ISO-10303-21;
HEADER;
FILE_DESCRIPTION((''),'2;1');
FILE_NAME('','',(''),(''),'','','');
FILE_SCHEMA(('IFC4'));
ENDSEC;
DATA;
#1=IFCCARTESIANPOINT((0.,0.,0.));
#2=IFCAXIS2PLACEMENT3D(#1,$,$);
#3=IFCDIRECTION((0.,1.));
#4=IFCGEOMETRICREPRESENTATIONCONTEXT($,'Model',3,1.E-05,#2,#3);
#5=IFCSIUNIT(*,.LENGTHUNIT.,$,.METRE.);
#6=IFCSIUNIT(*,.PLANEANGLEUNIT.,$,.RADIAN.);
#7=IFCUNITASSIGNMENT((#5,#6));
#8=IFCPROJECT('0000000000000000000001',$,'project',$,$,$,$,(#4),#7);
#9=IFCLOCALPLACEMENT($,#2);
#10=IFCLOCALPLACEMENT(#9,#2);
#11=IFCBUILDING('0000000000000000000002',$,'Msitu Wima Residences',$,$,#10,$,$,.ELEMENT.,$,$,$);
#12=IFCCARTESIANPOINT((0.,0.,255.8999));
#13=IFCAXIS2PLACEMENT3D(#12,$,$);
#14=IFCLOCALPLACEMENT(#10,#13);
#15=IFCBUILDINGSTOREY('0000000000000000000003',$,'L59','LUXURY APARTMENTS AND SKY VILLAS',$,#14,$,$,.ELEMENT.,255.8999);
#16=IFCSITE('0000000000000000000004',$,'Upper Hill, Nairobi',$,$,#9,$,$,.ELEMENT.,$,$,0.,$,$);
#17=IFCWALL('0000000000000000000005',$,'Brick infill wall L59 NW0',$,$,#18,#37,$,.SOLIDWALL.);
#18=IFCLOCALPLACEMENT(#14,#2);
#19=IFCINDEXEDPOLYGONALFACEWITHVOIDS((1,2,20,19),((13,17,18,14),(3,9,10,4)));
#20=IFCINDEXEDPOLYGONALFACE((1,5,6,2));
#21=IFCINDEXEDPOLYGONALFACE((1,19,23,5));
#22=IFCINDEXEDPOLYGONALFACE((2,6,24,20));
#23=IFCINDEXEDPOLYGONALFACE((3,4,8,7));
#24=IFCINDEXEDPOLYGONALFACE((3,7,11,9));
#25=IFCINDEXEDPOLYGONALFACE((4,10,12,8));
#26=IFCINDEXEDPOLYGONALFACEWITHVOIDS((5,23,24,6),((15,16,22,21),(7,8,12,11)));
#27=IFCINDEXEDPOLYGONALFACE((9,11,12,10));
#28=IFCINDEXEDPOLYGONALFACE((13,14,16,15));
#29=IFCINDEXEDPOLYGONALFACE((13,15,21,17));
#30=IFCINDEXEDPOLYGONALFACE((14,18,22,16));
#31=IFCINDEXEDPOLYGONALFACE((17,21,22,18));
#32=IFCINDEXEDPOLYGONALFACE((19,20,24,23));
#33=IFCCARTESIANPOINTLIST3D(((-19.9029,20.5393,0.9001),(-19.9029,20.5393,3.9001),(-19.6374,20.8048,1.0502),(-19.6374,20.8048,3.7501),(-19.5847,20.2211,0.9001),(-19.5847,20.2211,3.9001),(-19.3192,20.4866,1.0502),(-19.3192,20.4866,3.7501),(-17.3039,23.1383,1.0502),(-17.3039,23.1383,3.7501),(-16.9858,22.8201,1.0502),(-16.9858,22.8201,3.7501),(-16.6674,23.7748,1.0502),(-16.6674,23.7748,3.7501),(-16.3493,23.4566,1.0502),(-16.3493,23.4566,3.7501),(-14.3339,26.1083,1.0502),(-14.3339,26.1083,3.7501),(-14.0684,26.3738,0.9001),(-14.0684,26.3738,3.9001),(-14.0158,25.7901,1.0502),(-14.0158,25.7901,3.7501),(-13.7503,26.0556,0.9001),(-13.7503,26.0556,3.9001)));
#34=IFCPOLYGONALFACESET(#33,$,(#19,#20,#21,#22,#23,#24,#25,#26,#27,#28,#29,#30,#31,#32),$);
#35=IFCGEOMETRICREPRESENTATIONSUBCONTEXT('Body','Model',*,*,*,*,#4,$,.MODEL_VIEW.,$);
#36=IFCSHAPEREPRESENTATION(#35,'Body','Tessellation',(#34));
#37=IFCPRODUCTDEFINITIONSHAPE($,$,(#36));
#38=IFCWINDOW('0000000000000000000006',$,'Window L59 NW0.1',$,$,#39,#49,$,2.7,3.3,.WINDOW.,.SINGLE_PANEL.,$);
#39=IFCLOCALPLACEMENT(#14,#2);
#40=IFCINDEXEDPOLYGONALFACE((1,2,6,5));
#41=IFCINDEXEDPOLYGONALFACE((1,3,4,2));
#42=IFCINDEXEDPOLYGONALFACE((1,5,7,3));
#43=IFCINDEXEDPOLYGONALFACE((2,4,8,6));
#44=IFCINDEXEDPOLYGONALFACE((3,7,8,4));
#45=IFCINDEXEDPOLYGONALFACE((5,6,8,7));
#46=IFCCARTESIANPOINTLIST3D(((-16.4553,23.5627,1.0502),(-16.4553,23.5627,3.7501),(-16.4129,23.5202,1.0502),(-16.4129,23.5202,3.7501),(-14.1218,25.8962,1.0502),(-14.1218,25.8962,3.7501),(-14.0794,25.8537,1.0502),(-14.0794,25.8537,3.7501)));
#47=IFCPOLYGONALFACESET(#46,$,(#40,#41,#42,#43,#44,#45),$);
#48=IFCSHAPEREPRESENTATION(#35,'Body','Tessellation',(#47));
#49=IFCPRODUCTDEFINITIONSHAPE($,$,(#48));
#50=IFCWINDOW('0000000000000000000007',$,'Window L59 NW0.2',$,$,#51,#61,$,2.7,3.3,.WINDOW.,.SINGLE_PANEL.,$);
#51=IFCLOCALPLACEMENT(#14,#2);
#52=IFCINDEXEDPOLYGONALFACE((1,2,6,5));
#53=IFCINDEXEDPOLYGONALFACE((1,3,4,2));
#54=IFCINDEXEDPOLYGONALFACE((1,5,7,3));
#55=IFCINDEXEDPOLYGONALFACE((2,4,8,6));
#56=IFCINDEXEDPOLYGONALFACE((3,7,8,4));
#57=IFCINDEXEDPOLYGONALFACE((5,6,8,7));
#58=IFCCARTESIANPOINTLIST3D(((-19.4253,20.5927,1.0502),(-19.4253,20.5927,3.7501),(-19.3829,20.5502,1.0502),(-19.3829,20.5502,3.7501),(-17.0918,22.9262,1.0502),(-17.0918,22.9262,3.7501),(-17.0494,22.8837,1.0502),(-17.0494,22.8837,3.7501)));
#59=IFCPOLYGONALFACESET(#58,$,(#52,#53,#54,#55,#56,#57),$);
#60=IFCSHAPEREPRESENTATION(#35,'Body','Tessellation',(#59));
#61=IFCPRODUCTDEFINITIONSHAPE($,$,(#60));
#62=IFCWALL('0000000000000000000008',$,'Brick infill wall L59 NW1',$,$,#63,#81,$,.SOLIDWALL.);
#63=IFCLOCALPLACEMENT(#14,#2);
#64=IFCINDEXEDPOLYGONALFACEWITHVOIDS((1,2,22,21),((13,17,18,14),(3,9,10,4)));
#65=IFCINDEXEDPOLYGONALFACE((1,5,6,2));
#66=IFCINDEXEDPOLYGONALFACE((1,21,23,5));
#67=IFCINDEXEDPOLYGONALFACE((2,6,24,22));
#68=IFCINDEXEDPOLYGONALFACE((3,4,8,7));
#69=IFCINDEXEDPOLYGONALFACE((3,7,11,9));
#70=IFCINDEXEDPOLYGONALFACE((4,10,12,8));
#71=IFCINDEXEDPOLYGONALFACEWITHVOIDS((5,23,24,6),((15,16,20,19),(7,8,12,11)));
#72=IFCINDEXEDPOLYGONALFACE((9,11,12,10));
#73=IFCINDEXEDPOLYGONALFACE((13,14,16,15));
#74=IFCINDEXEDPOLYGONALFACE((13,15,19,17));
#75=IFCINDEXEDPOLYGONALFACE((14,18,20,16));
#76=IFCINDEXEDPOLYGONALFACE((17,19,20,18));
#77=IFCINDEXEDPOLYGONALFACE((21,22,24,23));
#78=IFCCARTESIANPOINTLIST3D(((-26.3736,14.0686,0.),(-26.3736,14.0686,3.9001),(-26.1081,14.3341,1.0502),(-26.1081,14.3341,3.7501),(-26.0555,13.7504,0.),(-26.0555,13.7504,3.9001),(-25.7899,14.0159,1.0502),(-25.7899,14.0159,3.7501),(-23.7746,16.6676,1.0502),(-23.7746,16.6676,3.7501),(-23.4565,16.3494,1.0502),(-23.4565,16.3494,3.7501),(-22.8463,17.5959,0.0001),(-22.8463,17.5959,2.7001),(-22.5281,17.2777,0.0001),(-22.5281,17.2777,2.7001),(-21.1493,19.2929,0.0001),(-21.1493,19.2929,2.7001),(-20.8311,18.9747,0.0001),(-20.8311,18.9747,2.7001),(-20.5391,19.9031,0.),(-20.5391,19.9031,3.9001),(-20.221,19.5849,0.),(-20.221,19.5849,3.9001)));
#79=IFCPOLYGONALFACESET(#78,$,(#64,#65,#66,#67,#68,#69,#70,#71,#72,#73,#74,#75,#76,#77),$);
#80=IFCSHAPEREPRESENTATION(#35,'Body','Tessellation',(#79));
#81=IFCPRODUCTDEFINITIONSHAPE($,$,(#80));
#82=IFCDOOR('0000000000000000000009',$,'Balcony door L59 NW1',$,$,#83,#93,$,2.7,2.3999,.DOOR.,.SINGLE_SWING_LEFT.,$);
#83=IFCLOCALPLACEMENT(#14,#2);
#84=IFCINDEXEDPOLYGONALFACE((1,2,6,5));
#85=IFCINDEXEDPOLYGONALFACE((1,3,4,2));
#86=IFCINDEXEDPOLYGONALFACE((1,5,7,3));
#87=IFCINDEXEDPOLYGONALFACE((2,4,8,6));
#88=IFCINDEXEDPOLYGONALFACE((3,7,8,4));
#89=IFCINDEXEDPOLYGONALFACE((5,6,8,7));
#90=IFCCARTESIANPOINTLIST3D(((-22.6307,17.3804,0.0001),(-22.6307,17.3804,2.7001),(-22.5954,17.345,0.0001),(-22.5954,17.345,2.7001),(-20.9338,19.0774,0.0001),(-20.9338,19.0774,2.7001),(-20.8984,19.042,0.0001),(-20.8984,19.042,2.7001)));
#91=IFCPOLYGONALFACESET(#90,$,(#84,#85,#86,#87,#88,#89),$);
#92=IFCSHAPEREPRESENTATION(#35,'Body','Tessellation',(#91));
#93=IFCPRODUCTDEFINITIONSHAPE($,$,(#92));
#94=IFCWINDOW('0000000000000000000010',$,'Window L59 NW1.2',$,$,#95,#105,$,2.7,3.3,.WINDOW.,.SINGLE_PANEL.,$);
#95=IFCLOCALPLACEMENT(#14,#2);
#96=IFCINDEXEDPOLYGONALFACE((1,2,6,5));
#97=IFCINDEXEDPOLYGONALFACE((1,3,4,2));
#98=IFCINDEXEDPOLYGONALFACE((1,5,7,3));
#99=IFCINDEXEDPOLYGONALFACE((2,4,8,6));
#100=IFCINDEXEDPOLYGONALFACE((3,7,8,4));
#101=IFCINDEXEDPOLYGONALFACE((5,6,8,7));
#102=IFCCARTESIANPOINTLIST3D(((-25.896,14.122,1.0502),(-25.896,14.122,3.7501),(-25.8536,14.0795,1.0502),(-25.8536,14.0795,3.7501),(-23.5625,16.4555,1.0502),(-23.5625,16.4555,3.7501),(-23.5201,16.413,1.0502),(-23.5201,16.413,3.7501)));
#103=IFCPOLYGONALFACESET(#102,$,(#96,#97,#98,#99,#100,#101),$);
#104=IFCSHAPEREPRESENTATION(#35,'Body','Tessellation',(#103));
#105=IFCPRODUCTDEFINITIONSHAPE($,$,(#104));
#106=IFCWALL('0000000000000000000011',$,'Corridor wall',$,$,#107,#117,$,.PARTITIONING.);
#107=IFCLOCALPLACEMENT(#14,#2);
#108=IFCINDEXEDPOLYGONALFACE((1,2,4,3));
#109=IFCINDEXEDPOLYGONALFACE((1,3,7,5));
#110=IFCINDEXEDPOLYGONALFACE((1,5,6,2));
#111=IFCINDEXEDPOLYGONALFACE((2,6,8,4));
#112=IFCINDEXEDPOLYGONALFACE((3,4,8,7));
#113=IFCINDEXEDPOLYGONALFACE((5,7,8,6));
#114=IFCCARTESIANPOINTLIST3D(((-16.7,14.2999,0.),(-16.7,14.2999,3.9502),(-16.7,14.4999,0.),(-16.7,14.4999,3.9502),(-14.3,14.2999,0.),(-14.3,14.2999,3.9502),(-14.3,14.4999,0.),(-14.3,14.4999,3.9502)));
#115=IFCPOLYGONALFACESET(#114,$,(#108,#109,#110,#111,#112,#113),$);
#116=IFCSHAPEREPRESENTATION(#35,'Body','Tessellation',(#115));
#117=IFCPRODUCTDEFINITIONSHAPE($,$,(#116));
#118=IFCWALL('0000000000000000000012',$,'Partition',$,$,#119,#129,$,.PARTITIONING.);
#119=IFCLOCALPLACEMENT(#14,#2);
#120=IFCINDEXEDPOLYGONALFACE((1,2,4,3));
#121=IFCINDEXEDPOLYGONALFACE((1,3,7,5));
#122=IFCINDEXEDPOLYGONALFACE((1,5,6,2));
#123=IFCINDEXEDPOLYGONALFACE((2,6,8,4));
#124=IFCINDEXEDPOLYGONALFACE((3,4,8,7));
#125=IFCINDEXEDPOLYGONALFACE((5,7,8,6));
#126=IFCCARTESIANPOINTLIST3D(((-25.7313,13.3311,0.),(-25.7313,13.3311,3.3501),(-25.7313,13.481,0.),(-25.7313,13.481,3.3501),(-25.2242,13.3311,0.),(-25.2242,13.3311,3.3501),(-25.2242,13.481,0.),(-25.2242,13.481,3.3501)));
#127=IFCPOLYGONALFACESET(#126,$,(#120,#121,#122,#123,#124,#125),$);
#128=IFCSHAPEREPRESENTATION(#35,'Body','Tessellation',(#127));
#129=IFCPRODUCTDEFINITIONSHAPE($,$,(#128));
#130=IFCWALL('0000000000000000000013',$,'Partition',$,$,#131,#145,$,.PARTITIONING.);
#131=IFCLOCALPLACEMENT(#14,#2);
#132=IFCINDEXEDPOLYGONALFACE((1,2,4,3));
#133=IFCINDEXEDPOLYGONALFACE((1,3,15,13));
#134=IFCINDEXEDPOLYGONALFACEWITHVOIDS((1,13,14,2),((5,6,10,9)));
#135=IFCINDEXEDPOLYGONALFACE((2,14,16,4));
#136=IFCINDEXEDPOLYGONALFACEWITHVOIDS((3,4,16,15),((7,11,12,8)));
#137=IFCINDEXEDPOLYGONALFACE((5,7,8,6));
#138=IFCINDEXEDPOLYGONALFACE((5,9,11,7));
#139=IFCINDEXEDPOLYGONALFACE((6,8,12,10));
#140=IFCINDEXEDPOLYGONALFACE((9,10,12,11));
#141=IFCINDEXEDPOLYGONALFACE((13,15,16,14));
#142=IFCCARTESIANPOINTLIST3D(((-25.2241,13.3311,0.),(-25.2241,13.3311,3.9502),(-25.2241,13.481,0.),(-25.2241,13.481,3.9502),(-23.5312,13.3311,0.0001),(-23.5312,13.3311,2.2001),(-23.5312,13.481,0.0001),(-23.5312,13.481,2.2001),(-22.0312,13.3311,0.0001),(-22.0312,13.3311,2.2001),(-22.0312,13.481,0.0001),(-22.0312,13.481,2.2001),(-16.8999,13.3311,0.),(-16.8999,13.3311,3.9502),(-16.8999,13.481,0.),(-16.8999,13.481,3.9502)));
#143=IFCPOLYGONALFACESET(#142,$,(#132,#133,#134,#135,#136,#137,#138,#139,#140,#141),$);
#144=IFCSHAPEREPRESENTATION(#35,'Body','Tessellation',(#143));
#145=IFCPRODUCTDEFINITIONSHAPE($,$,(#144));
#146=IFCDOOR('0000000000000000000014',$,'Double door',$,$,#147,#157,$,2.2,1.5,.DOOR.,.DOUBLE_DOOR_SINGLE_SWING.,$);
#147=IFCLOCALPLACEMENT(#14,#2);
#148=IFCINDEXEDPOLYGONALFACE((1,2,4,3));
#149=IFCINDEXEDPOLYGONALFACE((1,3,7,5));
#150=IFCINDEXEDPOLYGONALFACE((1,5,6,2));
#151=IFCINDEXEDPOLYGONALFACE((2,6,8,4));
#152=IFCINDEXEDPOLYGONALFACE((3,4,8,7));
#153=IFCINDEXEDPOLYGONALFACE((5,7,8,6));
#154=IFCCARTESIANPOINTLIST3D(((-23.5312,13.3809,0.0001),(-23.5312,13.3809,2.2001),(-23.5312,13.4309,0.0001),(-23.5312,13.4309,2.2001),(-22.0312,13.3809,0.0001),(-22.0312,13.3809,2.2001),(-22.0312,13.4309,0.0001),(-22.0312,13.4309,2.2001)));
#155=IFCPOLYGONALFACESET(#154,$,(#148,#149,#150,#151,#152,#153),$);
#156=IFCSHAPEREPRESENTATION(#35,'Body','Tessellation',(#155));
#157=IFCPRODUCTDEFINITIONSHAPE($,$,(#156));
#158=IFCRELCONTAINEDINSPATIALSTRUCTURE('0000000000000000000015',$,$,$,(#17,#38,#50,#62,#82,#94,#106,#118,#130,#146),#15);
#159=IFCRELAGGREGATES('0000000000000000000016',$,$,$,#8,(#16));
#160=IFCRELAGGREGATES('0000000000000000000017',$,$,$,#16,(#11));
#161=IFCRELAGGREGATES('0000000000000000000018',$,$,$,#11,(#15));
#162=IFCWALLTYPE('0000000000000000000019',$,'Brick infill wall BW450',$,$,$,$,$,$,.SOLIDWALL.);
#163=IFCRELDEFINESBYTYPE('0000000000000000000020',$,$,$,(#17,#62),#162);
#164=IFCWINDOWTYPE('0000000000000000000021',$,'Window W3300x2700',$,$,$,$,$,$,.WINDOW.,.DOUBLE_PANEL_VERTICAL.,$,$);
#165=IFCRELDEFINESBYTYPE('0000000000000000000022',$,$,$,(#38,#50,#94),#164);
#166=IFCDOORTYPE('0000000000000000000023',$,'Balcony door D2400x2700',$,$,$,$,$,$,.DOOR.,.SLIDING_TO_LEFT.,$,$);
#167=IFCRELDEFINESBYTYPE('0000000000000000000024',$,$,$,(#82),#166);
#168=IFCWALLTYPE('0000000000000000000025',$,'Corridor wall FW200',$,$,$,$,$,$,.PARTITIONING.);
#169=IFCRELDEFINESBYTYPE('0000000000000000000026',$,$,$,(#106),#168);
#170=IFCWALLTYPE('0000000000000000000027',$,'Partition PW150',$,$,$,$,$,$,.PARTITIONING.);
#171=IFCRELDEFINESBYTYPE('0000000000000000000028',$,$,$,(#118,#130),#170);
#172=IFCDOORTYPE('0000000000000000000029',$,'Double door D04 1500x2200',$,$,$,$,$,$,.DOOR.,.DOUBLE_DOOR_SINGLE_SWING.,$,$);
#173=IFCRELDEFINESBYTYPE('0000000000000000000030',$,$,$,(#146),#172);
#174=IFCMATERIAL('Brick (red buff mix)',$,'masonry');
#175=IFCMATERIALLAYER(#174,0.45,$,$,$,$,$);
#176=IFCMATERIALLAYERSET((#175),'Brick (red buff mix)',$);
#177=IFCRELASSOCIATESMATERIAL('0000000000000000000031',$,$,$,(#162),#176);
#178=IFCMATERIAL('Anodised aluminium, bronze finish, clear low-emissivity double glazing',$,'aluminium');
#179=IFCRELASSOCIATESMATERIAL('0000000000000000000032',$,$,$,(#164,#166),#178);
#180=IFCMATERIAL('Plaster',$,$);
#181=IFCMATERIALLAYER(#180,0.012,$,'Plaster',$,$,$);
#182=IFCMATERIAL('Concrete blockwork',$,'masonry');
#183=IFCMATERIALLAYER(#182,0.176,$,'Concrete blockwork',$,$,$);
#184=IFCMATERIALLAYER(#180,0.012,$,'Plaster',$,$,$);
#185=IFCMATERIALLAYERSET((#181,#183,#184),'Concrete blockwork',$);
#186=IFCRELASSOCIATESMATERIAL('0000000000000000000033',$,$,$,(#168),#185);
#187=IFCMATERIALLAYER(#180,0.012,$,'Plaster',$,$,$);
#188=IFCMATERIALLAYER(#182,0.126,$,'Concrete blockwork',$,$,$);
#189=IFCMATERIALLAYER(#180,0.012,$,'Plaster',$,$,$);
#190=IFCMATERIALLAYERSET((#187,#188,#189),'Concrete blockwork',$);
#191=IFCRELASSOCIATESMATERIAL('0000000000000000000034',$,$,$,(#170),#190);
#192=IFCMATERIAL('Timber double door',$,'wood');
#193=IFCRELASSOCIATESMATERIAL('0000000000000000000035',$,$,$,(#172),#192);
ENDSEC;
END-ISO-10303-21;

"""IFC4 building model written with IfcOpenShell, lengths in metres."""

from ifc_helpers import new_model, si_unit, direction, frame, frame_2d, origin, place, context, subcontext, project, spatial, rectangle, extrude, material, layer, layer_set, type_object, element, fill, save


model = new_model("IFC4")

# Units and contexts
model_context = context("Model", 3, precision=1e-05, world=origin(), true_north=direction((0.0, 1.0)))
body_context = subcontext(model_context, "Body", "Model", "MODEL_VIEW")
ifc_project = project(units=[si_unit("LENGTHUNIT", "METRE"), si_unit("PLANEANGLEUNIT", "RADIAN")], contexts=[model_context])

# Site, building, storey
site_placement = place(None, origin())
site = spatial("IfcSite", under=ifc_project, at=site_placement, Name="Upper Hill, Nairobi", CompositionType="ELEMENT", RefElevation=0.0)
building_placement = place(site_placement, origin())
building = spatial("IfcBuilding", under=site, at=building_placement, Name="Msitu Wima Residences", CompositionType="ELEMENT")
storey_placement = place(building_placement, frame((0.0, 0.0, 255.8999)))
storey = spatial("IfcBuildingStorey", under=building, at=storey_placement, Name="L59", Description="LUXURY APARTMENTS AND SKY VILLAS", CompositionType="ELEMENT", Elevation=255.8999)

# Wall, openings, windows
ifc_material_1 = material(Name="Brick (red buff mix)", Category="masonry")
ifc_layer_1 = layer(ifc_material_1, 0.45)
ifc_layer_set_1 = layer_set([ifc_layer_1], Name="Brick (red buff mix)")
wall_type_1 = type_object("IfcWallType", Name="Brick infill wall BW450", PredefinedType="SOLIDWALL", material=ifc_layer_set_1)
wall_1_placement = place(storey_placement, frame((-13.9094, 26.2146, 0.9001), z_axis=(0.0, 0.0, 1.0), x_axis=(-0.707107, -0.707107, 0.0)))
wall_1 = element("IfcWall", 1, at=wall_1_placement, inside=storey, type_object=wall_type_1, Name="Brick infill wall L59 NW0", PredefinedType="SOLIDWALL", context=body_context, shape_type="SweptSolid", body=[
    extrude(rectangle(XDim=8.2512, YDim=0.45, at=frame_2d((4.1255, 0.0))), origin(), (0.0, 0.0, 1.0), 3.0),
])
opening_1_placement = place(wall_1_placement, frame((0.3755, 0.0, 0.1499)))
opening_1 = element("IfcOpeningElement", 2, at=opening_1_placement, cuts=wall_1, PredefinedType="OPENING", context=body_context, shape_type="SweptSolid", body=[
    extrude(rectangle(XDim=3.3, YDim=2.7, at=frame_2d((1.6499, 1.3501))), frame((0.0, 0.2349, 0.0), z_axis=(0.0, -1.0, 0.0), x_axis=(1.0, 0.0, 0.0)), (0.0, 0.0, 1.0), 0.47),
])
opening_2_placement = place(wall_1_placement, frame((4.5757, 0.0, 0.1499)))
opening_2 = element("IfcOpeningElement", 3, at=opening_2_placement, cuts=wall_1, PredefinedType="OPENING", context=body_context, shape_type="SweptSolid", body=[
    extrude(rectangle(XDim=3.3, YDim=2.7, at=frame_2d((1.6499, 1.3501))), frame((0.0, 0.2349, 0.0), z_axis=(0.0, -1.0, 0.0), x_axis=(1.0, 0.0, 0.0)), (0.0, 0.0, 1.0), 0.47),
])
ifc_material_2 = material(Name="Anodised aluminium, bronze finish, clear low-emissivity double glazing", Category="aluminium")
window_type = type_object("IfcWindowType", Name="Window W3300x2700", PartitioningType="DOUBLE_PANEL_VERTICAL", PredefinedType="WINDOW", material=ifc_material_2)
window_1_placement = place(opening_1_placement, origin())
window_1 = element("IfcWindow", 4, at=window_1_placement, inside=storey, type_object=window_type, Name="Window L59 NW0.1", OverallHeight=2.7, OverallWidth=3.3, PartitioningType="SINGLE_PANEL", PredefinedType="WINDOW", context=body_context, shape_type="SweptSolid", body=[
    extrude(rectangle(XDim=3.3, YDim=2.7, at=frame_2d((1.6499, 1.3501))), frame((0.0, 0.135, 0.0), z_axis=(0.0, -1.0, 0.0), x_axis=(1.0, 0.0, 0.0)), (0.0, 0.0, 1.0), 0.0601),
])
fill(opening_1, window_1)
window_2_placement = place(opening_2_placement, origin())
window_2 = element("IfcWindow", 5, at=window_2_placement, inside=storey, type_object=window_type, Name="Window L59 NW0.2", OverallHeight=2.7, OverallWidth=3.3, PartitioningType="SINGLE_PANEL", PredefinedType="WINDOW", context=body_context, shape_type="SweptSolid", body=[
    extrude(rectangle(XDim=3.3, YDim=2.7, at=frame_2d((1.6499, 1.3501))), frame((0.0, 0.135, 0.0), z_axis=(0.0, -1.0, 0.0), x_axis=(1.0, 0.0, 0.0)), (0.0, 0.0, 1.0), 0.0601),
])
fill(opening_2, window_2)

# Wall, openings, door, window
wall_2_placement = place(storey_placement, frame((-20.3801, 19.7439, 0.0), z_axis=(0.0, 0.0, 1.0), x_axis=(-0.707107, -0.707107, 0.0)))
wall_2 = element("IfcWall", 6, at=wall_2_placement, inside=storey, type_object=wall_type_1, Name="Brick infill wall L59 NW1", PredefinedType="SOLIDWALL", context=body_context, shape_type="SweptSolid", body=[
    extrude(rectangle(XDim=8.2512, YDim=0.45, at=frame_2d((4.1255, 0.0))), origin(), (0.0, 0.0, 1.0), 3.9001),
])
opening_3_placement = place(wall_2_placement, frame((0.8628, 0.0, 0.0)))
opening_3 = element("IfcOpeningElement", 7, at=opening_3_placement, cuts=wall_2, PredefinedType="OPENING", context=body_context, shape_type="SweptSolid", body=[
    extrude(rectangle(XDim=2.3999, YDim=2.7, at=frame_2d((1.2, 1.3501))), frame((0.0, 0.2349, 0.0), z_axis=(0.0, -1.0, 0.0), x_axis=(1.0, 0.0, 0.0)), (0.0, 0.0, 1.0), 0.47),
])
opening_4_placement = place(wall_2_placement, frame((4.5757, 0.0, 1.05)))
opening_4 = element("IfcOpeningElement", 8, at=opening_4_placement, cuts=wall_2, PredefinedType="OPENING", context=body_context, shape_type="SweptSolid", body=[
    extrude(rectangle(XDim=3.3, YDim=2.7, at=frame_2d((1.6499, 1.3501))), frame((0.0, 0.2349, 0.0), z_axis=(0.0, -1.0, 0.0), x_axis=(1.0, 0.0, 0.0)), (0.0, 0.0, 1.0), 0.47),
])
door_type_1 = type_object("IfcDoorType", Name="Balcony door D2400x2700", OperationType="SLIDING_TO_LEFT", PredefinedType="DOOR", material=ifc_material_2)
door_1_placement = place(opening_3_placement, origin())
door_1 = element("IfcDoor", 9, at=door_1_placement, inside=storey, type_object=door_type_1, Name="Balcony door L59 NW1", OperationType="SINGLE_SWING_LEFT", OverallHeight=2.7, OverallWidth=2.3999, PredefinedType="DOOR", context=body_context, shape_type="SweptSolid", body=[
    extrude(rectangle(XDim=2.3999, YDim=2.7, at=frame_2d((1.2, 1.3501))), frame((0.0, 0.1299, 0.0), z_axis=(0.0, -1.0, 0.0), x_axis=(1.0, 0.0, 0.0)), (0.0, 0.0, 1.0), 0.05),
])
fill(opening_3, door_1)
window_3_placement = place(opening_4_placement, origin())
window_3 = element("IfcWindow", 10, at=window_3_placement, inside=storey, type_object=window_type, Name="Window L59 NW1.2", OverallHeight=2.7, OverallWidth=3.3, PartitioningType="SINGLE_PANEL", PredefinedType="WINDOW", context=body_context, shape_type="SweptSolid", body=[
    extrude(rectangle(XDim=3.3, YDim=2.7, at=frame_2d((1.6499, 1.3501))), frame((0.0, 0.135, 0.0), z_axis=(0.0, -1.0, 0.0), x_axis=(1.0, 0.0, 0.0)), (0.0, 0.0, 1.0), 0.0601),
])
fill(opening_4, window_3)

# Walls
ifc_material_3 = material(Name="Plaster")
ifc_layer_2 = layer(ifc_material_3, 0.012, Name="Plaster")
ifc_material_4 = material(Name="Concrete blockwork", Category="masonry")
ifc_layer_3 = layer(ifc_material_4, 0.176, Name="Concrete blockwork")
ifc_layer_4 = layer(ifc_material_3, 0.012, Name="Plaster")
ifc_layer_set_2 = layer_set([ifc_layer_2, ifc_layer_3, ifc_layer_4], Name="Concrete blockwork")
wall_type_2 = type_object("IfcWallType", Name="Corridor wall FW200", PredefinedType="PARTITIONING", material=ifc_layer_set_2)
wall_3_placement = place(storey_placement, frame((-16.7, 14.3999, 0.0), z_axis=(0.0, 0.0, 1.0), x_axis=(1.0, 0.0, 0.0)))
element("IfcWall", 11, at=wall_3_placement, inside=storey, type_object=wall_type_2, Name="Corridor wall", PredefinedType="PARTITIONING", context=body_context, shape_type="SweptSolid", body=[
    extrude(rectangle(XDim=2.3999, YDim=0.2, at=frame_2d((1.2, 0.0))), origin(), (0.0, 0.0, 1.0), 3.9502),
])
ifc_layer_5 = layer(ifc_material_3, 0.012, Name="Plaster")
ifc_layer_6 = layer(ifc_material_4, 0.126, Name="Concrete blockwork")
ifc_layer_7 = layer(ifc_material_3, 0.012, Name="Plaster")
ifc_layer_set_3 = layer_set([ifc_layer_5, ifc_layer_6, ifc_layer_7], Name="Concrete blockwork")
wall_type_3 = type_object("IfcWallType", Name="Partition PW150", PredefinedType="PARTITIONING", material=ifc_layer_set_3)
wall_4_placement = place(storey_placement, frame((-25.7312, 13.406, 0.0), z_axis=(0.0, 0.0, 1.0), x_axis=(1.0, 0.0, 0.0)))
element("IfcWall", 12, at=wall_4_placement, inside=storey, type_object=wall_type_3, Name="Partition", PredefinedType="PARTITIONING", context=body_context, shape_type="SweptSolid", body=[
    extrude(rectangle(XDim=0.5071, YDim=0.1499, at=frame_2d((0.2534, 0.0))), origin(), (0.0, 0.0, 1.0), 3.3501),
])

# Wall, opening, door
wall_5_placement = place(storey_placement, frame((-25.2241, 13.406, 0.0), z_axis=(0.0, 0.0, 1.0), x_axis=(1.0, 0.0, 0.0)))
wall_5 = element("IfcWall", 13, at=wall_5_placement, inside=storey, type_object=wall_type_3, Name="Partition", PredefinedType="PARTITIONING", context=body_context, shape_type="SweptSolid", body=[
    extrude(rectangle(XDim=8.3242, YDim=0.1499, at=frame_2d((4.1621, 0.0))), origin(), (0.0, 0.0, 1.0), 3.9502),
])
opening_5_placement = place(wall_5_placement, frame((1.6929, 0.0, 0.0)))
opening_5 = element("IfcOpeningElement", 14, at=opening_5_placement, cuts=wall_5, PredefinedType="OPENING", context=body_context, shape_type="SweptSolid", body=[
    extrude(rectangle(XDim=1.5, YDim=2.2, at=frame_2d((0.75, 1.1001))), frame((0.0, 0.085, 0.0), z_axis=(0.0, -1.0, 0.0), x_axis=(1.0, 0.0, 0.0)), (0.0, 0.0, 1.0), 0.1699),
])
ifc_material_5 = material(Name="Timber double door", Category="wood")
door_type_2 = type_object("IfcDoorType", Name="Double door D04 1500x2200", OperationType="DOUBLE_DOOR_SINGLE_SWING", PredefinedType="DOOR", material=ifc_material_5)
door_2_placement = place(opening_5_placement, origin())
door_2 = element("IfcDoor", 15, at=door_2_placement, inside=storey, type_object=door_type_2, Name="Double door", OperationType="DOUBLE_DOOR_SINGLE_SWING", OverallHeight=2.2, OverallWidth=1.5, PredefinedType="DOOR", context=body_context, shape_type="SweptSolid", body=[
    extrude(rectangle(XDim=1.5, YDim=2.2, at=frame_2d((0.75, 1.1001))), frame((0.0, 0.0249, 0.0), z_axis=(0.0, -1.0, 0.0), x_axis=(1.0, 0.0, 0.0)), (0.0, 0.0, 1.0), 0.05),
])
fill(opening_5, door_2)

save(model, "model.ifc")
